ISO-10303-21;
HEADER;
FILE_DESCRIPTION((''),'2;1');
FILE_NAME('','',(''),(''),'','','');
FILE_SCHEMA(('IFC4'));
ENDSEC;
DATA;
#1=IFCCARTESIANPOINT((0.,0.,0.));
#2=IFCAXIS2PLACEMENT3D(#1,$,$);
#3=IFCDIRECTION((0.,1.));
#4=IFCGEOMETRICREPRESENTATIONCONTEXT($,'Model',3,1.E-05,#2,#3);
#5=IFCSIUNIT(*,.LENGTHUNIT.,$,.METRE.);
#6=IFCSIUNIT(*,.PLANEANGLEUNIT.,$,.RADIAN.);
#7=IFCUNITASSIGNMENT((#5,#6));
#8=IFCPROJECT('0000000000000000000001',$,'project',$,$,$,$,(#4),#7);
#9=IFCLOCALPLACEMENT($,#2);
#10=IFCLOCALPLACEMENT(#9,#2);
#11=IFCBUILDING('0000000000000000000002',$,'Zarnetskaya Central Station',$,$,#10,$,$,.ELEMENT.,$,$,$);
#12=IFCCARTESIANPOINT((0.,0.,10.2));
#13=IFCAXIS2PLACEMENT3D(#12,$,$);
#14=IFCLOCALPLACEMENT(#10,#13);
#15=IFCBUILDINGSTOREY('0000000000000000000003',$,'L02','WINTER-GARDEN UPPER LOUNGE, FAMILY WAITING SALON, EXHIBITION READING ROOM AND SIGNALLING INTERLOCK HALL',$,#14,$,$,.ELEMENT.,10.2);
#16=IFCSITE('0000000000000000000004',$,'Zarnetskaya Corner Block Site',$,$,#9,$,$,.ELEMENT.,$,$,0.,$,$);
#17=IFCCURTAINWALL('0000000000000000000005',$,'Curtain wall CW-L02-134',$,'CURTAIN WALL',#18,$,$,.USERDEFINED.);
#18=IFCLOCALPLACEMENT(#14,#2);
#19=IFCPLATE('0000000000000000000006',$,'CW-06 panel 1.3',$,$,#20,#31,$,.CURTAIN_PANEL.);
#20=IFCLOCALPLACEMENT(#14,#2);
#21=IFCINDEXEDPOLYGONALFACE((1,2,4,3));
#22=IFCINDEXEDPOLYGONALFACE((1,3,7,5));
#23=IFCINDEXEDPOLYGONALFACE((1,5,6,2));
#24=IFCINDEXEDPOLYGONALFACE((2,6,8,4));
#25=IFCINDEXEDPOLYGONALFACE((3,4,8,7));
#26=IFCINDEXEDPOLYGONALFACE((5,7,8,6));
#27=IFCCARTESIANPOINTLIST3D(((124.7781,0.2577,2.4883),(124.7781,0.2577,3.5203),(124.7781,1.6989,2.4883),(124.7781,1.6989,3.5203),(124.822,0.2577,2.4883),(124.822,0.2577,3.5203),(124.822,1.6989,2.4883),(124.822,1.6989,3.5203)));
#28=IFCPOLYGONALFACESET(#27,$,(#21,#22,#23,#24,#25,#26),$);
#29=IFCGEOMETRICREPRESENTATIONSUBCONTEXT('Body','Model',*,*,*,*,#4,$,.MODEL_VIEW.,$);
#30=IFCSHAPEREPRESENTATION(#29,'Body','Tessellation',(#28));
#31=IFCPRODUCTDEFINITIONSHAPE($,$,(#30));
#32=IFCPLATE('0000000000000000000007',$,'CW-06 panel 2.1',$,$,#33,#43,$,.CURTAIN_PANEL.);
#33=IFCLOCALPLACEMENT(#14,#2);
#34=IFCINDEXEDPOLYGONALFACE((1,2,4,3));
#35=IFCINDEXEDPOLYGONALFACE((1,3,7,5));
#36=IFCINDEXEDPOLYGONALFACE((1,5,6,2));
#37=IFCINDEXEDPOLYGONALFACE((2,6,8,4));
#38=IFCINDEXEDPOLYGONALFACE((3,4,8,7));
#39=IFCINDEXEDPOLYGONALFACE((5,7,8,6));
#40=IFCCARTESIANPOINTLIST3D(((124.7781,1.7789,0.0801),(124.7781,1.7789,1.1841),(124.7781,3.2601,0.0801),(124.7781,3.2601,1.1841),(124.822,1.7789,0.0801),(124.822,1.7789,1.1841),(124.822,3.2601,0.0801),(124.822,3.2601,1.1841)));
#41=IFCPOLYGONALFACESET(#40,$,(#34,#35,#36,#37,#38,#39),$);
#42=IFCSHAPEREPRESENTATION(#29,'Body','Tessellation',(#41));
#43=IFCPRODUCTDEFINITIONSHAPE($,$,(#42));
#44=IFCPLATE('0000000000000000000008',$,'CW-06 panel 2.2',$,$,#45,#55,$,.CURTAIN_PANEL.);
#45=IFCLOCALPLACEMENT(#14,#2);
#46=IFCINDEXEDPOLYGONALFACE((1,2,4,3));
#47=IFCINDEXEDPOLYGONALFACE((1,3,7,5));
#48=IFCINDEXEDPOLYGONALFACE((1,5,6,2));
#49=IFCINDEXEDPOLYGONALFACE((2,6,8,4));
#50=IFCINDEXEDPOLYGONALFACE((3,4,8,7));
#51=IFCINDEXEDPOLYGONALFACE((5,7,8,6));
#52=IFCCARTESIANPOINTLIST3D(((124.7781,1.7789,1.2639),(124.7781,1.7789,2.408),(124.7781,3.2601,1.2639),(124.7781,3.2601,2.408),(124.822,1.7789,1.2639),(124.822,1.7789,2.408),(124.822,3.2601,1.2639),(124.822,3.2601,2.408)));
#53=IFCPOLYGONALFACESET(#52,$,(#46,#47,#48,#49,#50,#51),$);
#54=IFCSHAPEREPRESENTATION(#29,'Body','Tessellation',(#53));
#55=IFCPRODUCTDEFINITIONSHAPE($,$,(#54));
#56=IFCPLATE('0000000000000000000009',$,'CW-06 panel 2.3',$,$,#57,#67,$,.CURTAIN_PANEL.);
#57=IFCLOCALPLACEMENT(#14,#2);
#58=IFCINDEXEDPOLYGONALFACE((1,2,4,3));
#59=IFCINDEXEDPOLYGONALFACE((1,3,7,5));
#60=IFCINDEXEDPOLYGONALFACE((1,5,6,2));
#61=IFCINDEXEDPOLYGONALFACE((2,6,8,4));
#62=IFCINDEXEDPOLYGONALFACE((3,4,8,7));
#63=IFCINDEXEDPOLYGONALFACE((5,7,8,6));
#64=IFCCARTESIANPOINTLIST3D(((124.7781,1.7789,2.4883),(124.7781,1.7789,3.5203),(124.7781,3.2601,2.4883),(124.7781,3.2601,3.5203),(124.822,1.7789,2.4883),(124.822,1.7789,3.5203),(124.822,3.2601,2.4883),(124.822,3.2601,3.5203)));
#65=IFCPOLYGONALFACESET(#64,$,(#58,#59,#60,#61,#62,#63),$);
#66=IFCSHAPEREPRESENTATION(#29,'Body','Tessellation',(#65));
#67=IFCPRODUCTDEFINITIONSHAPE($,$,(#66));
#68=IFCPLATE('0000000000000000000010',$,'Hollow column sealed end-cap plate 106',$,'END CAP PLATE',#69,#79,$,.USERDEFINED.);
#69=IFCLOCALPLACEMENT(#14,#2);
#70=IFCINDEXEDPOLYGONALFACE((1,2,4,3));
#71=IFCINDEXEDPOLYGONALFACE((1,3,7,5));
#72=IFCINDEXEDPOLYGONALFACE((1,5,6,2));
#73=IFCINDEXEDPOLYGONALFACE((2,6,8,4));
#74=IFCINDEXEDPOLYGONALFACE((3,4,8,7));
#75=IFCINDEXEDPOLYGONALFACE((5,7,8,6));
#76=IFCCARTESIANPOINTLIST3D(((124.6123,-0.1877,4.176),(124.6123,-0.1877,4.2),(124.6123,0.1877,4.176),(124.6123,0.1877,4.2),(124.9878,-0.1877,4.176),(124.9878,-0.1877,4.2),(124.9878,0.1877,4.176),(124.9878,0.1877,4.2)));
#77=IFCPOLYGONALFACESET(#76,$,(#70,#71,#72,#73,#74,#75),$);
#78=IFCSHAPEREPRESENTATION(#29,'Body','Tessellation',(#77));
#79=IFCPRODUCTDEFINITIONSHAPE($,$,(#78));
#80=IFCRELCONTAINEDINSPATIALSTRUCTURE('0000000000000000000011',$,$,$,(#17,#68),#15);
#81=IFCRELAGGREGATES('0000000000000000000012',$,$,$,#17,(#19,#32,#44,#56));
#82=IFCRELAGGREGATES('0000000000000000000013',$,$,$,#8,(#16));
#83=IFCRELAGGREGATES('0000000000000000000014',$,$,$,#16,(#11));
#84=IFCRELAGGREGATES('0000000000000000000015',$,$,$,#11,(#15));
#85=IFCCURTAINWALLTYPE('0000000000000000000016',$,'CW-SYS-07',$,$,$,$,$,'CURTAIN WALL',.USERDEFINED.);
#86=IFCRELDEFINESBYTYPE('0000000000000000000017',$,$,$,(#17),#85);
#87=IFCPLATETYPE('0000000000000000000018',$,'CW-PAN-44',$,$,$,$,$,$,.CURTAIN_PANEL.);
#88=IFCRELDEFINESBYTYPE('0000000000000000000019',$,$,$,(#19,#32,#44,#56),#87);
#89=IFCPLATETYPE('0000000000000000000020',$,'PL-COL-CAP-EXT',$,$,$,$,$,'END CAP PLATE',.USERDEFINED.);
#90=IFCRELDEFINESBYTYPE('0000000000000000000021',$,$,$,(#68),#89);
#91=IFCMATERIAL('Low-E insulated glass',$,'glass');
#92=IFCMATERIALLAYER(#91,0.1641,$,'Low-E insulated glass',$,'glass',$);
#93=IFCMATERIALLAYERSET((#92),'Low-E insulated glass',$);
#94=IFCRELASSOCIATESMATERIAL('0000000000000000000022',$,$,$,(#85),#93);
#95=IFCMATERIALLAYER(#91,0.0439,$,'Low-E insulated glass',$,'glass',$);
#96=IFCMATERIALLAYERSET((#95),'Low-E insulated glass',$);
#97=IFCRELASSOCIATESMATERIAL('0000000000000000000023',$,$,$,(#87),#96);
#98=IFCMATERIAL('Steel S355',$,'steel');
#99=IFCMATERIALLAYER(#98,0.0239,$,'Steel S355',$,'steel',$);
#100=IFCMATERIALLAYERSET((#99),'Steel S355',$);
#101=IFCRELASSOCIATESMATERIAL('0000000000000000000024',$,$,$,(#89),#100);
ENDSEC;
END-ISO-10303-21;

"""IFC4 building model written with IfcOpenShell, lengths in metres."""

from ifc_helpers import new_model, si_unit, direction, frame, origin, origin_2d, place, context, subcontext, project, spatial, rectangle, extrude, material, layer, layer_set, type_object, element, aggregate, save


model = new_model("IFC4")

# Units and contexts
model_context = context("Model", 3, precision=1e-05, world=origin(), true_north=direction((0.0, 1.0)))
body_context = subcontext(model_context, "Body", "Model", "MODEL_VIEW")
ifc_project = project(units=[si_unit("LENGTHUNIT", "METRE"), si_unit("PLANEANGLEUNIT", "RADIAN")], contexts=[model_context])

# Site, building, storey
site_placement = place(None, origin())
site = spatial("IfcSite", under=ifc_project, at=site_placement, Name="Zarnetskaya Corner Block Site", CompositionType="ELEMENT", RefElevation=0.0)
building_placement = place(site_placement, origin())
building = spatial("IfcBuilding", under=site, at=building_placement, Name="Zarnetskaya Central Station", CompositionType="ELEMENT")
storey_placement = place(building_placement, frame((0.0, 0.0, 10.2)))
storey = spatial("IfcBuildingStorey", under=building, at=storey_placement, Name="L02", Description="WINTER-GARDEN UPPER LOUNGE, FAMILY WAITING SALON, EXHIBITION READING ROOM AND SIGNALLING INTERLOCK HALL", CompositionType="ELEMENT", Elevation=10.2)

# Shared definitions
ifc_material_1 = material(Name="Steel S355", Category="steel")

# Curtain wall
ifc_material_2 = material(Name="Low-E insulated glass", Category="glass")
ifc_layer_1 = layer(ifc_material_2, 0.1641, Name="Low-E insulated glass", Category="glass")
ifc_layer_set_1 = layer_set([ifc_layer_1], Name="Low-E insulated glass")
curtain_wall_type = type_object("IfcCurtainWallType", Name="CW-SYS-07", ElementType="CURTAIN WALL", PredefinedType="USERDEFINED", material=ifc_layer_set_1)
curtain_wall_placement = place(storey_placement, origin())
curtain_wall = element("IfcCurtainWall", 1, at=curtain_wall_placement, inside=storey, type_object=curtain_wall_type, Name="Curtain wall CW-L02-134", ObjectType="CURTAIN WALL", PredefinedType="USERDEFINED")

# Plates
ifc_layer_2 = layer(ifc_material_2, 0.0439, Name="Low-E insulated glass", Category="glass")
ifc_layer_set_2 = layer_set([ifc_layer_2], Name="Low-E insulated glass")
plate_type_1 = type_object("IfcPlateType", Name="CW-PAN-44", PredefinedType="CURTAIN_PANEL", material=ifc_layer_set_2)
plate_1_placement = place(storey_placement, frame((124.8, 0.9783, 2.4883), z_axis=(0.0, 0.0, 1.0), x_axis=(0.0, 1.0, 0.0)))
plate_1 = element("IfcPlate", 2, at=plate_1_placement, type_object=plate_type_1, Name="CW-06 panel 1.3", PredefinedType="CURTAIN_PANEL", context=body_context, shape_type="SweptSolid", body=[
    extrude(rectangle(XDim=1.4412, YDim=0.0439, at=origin_2d()), origin(), (0.0, 0.0, 1.0), 1.032),
])
plate_2_placement = place(storey_placement, frame((124.8, 2.5195, 0.0801), z_axis=(0.0, 0.0, 1.0), x_axis=(0.0, 1.0, 0.0)))
plate_2 = element("IfcPlate", 3, at=plate_2_placement, type_object=plate_type_1, Name="CW-06 panel 2.1", PredefinedType="CURTAIN_PANEL", context=body_context, shape_type="SweptSolid", body=[
    extrude(rectangle(XDim=1.4812, YDim=0.0439, at=origin_2d()), origin(), (0.0, 0.0, 1.0), 1.104),
])
plate_3_placement = place(storey_placement, frame((124.8, 2.5195, 1.2639), z_axis=(0.0, 0.0, 1.0), x_axis=(0.0, 1.0, 0.0)))
plate_3 = element("IfcPlate", 4, at=plate_3_placement, type_object=plate_type_1, Name="CW-06 panel 2.2", PredefinedType="CURTAIN_PANEL", context=body_context, shape_type="SweptSolid", body=[
    extrude(rectangle(XDim=1.4812, YDim=0.0439, at=origin_2d()), origin(), (0.0, 0.0, 1.0), 1.144),
])
plate_4_placement = place(storey_placement, frame((124.8, 2.5195, 2.4883), z_axis=(0.0, 0.0, 1.0), x_axis=(0.0, 1.0, 0.0)))
plate_4 = element("IfcPlate", 5, at=plate_4_placement, type_object=plate_type_1, Name="CW-06 panel 2.3", PredefinedType="CURTAIN_PANEL", context=body_context, shape_type="SweptSolid", body=[
    extrude(rectangle(XDim=1.4812, YDim=0.0439, at=origin_2d()), origin(), (0.0, 0.0, 1.0), 1.032),
])
aggregate(curtain_wall, [plate_1, plate_2, plate_3, plate_4])
ifc_layer_3 = layer(ifc_material_1, 0.0239, Name="Steel S355", Category="steel")
ifc_layer_set_3 = layer_set([ifc_layer_3], Name="Steel S355")
plate_type_2 = type_object("IfcPlateType", Name="PL-COL-CAP-EXT", ElementType="END CAP PLATE", PredefinedType="USERDEFINED", material=ifc_layer_set_3)
plate_5_placement = place(storey_placement, frame((124.8, 0.0, 4.176), z_axis=(0.0, 0.0, 1.0), x_axis=(1.0, 0.0, 0.0)))
element("IfcPlate", 6, at=plate_5_placement, inside=storey, type_object=plate_type_2, Name="Hollow column sealed end-cap plate 106", ObjectType="END CAP PLATE", PredefinedType="USERDEFINED", context=body_context, shape_type="SweptSolid", body=[
    extrude(rectangle(XDim=0.3755, YDim=0.3755, at=origin_2d()), origin(), (0.0, 0.0, 1.0), 0.0239),
])

save(model, "model.ifc")
